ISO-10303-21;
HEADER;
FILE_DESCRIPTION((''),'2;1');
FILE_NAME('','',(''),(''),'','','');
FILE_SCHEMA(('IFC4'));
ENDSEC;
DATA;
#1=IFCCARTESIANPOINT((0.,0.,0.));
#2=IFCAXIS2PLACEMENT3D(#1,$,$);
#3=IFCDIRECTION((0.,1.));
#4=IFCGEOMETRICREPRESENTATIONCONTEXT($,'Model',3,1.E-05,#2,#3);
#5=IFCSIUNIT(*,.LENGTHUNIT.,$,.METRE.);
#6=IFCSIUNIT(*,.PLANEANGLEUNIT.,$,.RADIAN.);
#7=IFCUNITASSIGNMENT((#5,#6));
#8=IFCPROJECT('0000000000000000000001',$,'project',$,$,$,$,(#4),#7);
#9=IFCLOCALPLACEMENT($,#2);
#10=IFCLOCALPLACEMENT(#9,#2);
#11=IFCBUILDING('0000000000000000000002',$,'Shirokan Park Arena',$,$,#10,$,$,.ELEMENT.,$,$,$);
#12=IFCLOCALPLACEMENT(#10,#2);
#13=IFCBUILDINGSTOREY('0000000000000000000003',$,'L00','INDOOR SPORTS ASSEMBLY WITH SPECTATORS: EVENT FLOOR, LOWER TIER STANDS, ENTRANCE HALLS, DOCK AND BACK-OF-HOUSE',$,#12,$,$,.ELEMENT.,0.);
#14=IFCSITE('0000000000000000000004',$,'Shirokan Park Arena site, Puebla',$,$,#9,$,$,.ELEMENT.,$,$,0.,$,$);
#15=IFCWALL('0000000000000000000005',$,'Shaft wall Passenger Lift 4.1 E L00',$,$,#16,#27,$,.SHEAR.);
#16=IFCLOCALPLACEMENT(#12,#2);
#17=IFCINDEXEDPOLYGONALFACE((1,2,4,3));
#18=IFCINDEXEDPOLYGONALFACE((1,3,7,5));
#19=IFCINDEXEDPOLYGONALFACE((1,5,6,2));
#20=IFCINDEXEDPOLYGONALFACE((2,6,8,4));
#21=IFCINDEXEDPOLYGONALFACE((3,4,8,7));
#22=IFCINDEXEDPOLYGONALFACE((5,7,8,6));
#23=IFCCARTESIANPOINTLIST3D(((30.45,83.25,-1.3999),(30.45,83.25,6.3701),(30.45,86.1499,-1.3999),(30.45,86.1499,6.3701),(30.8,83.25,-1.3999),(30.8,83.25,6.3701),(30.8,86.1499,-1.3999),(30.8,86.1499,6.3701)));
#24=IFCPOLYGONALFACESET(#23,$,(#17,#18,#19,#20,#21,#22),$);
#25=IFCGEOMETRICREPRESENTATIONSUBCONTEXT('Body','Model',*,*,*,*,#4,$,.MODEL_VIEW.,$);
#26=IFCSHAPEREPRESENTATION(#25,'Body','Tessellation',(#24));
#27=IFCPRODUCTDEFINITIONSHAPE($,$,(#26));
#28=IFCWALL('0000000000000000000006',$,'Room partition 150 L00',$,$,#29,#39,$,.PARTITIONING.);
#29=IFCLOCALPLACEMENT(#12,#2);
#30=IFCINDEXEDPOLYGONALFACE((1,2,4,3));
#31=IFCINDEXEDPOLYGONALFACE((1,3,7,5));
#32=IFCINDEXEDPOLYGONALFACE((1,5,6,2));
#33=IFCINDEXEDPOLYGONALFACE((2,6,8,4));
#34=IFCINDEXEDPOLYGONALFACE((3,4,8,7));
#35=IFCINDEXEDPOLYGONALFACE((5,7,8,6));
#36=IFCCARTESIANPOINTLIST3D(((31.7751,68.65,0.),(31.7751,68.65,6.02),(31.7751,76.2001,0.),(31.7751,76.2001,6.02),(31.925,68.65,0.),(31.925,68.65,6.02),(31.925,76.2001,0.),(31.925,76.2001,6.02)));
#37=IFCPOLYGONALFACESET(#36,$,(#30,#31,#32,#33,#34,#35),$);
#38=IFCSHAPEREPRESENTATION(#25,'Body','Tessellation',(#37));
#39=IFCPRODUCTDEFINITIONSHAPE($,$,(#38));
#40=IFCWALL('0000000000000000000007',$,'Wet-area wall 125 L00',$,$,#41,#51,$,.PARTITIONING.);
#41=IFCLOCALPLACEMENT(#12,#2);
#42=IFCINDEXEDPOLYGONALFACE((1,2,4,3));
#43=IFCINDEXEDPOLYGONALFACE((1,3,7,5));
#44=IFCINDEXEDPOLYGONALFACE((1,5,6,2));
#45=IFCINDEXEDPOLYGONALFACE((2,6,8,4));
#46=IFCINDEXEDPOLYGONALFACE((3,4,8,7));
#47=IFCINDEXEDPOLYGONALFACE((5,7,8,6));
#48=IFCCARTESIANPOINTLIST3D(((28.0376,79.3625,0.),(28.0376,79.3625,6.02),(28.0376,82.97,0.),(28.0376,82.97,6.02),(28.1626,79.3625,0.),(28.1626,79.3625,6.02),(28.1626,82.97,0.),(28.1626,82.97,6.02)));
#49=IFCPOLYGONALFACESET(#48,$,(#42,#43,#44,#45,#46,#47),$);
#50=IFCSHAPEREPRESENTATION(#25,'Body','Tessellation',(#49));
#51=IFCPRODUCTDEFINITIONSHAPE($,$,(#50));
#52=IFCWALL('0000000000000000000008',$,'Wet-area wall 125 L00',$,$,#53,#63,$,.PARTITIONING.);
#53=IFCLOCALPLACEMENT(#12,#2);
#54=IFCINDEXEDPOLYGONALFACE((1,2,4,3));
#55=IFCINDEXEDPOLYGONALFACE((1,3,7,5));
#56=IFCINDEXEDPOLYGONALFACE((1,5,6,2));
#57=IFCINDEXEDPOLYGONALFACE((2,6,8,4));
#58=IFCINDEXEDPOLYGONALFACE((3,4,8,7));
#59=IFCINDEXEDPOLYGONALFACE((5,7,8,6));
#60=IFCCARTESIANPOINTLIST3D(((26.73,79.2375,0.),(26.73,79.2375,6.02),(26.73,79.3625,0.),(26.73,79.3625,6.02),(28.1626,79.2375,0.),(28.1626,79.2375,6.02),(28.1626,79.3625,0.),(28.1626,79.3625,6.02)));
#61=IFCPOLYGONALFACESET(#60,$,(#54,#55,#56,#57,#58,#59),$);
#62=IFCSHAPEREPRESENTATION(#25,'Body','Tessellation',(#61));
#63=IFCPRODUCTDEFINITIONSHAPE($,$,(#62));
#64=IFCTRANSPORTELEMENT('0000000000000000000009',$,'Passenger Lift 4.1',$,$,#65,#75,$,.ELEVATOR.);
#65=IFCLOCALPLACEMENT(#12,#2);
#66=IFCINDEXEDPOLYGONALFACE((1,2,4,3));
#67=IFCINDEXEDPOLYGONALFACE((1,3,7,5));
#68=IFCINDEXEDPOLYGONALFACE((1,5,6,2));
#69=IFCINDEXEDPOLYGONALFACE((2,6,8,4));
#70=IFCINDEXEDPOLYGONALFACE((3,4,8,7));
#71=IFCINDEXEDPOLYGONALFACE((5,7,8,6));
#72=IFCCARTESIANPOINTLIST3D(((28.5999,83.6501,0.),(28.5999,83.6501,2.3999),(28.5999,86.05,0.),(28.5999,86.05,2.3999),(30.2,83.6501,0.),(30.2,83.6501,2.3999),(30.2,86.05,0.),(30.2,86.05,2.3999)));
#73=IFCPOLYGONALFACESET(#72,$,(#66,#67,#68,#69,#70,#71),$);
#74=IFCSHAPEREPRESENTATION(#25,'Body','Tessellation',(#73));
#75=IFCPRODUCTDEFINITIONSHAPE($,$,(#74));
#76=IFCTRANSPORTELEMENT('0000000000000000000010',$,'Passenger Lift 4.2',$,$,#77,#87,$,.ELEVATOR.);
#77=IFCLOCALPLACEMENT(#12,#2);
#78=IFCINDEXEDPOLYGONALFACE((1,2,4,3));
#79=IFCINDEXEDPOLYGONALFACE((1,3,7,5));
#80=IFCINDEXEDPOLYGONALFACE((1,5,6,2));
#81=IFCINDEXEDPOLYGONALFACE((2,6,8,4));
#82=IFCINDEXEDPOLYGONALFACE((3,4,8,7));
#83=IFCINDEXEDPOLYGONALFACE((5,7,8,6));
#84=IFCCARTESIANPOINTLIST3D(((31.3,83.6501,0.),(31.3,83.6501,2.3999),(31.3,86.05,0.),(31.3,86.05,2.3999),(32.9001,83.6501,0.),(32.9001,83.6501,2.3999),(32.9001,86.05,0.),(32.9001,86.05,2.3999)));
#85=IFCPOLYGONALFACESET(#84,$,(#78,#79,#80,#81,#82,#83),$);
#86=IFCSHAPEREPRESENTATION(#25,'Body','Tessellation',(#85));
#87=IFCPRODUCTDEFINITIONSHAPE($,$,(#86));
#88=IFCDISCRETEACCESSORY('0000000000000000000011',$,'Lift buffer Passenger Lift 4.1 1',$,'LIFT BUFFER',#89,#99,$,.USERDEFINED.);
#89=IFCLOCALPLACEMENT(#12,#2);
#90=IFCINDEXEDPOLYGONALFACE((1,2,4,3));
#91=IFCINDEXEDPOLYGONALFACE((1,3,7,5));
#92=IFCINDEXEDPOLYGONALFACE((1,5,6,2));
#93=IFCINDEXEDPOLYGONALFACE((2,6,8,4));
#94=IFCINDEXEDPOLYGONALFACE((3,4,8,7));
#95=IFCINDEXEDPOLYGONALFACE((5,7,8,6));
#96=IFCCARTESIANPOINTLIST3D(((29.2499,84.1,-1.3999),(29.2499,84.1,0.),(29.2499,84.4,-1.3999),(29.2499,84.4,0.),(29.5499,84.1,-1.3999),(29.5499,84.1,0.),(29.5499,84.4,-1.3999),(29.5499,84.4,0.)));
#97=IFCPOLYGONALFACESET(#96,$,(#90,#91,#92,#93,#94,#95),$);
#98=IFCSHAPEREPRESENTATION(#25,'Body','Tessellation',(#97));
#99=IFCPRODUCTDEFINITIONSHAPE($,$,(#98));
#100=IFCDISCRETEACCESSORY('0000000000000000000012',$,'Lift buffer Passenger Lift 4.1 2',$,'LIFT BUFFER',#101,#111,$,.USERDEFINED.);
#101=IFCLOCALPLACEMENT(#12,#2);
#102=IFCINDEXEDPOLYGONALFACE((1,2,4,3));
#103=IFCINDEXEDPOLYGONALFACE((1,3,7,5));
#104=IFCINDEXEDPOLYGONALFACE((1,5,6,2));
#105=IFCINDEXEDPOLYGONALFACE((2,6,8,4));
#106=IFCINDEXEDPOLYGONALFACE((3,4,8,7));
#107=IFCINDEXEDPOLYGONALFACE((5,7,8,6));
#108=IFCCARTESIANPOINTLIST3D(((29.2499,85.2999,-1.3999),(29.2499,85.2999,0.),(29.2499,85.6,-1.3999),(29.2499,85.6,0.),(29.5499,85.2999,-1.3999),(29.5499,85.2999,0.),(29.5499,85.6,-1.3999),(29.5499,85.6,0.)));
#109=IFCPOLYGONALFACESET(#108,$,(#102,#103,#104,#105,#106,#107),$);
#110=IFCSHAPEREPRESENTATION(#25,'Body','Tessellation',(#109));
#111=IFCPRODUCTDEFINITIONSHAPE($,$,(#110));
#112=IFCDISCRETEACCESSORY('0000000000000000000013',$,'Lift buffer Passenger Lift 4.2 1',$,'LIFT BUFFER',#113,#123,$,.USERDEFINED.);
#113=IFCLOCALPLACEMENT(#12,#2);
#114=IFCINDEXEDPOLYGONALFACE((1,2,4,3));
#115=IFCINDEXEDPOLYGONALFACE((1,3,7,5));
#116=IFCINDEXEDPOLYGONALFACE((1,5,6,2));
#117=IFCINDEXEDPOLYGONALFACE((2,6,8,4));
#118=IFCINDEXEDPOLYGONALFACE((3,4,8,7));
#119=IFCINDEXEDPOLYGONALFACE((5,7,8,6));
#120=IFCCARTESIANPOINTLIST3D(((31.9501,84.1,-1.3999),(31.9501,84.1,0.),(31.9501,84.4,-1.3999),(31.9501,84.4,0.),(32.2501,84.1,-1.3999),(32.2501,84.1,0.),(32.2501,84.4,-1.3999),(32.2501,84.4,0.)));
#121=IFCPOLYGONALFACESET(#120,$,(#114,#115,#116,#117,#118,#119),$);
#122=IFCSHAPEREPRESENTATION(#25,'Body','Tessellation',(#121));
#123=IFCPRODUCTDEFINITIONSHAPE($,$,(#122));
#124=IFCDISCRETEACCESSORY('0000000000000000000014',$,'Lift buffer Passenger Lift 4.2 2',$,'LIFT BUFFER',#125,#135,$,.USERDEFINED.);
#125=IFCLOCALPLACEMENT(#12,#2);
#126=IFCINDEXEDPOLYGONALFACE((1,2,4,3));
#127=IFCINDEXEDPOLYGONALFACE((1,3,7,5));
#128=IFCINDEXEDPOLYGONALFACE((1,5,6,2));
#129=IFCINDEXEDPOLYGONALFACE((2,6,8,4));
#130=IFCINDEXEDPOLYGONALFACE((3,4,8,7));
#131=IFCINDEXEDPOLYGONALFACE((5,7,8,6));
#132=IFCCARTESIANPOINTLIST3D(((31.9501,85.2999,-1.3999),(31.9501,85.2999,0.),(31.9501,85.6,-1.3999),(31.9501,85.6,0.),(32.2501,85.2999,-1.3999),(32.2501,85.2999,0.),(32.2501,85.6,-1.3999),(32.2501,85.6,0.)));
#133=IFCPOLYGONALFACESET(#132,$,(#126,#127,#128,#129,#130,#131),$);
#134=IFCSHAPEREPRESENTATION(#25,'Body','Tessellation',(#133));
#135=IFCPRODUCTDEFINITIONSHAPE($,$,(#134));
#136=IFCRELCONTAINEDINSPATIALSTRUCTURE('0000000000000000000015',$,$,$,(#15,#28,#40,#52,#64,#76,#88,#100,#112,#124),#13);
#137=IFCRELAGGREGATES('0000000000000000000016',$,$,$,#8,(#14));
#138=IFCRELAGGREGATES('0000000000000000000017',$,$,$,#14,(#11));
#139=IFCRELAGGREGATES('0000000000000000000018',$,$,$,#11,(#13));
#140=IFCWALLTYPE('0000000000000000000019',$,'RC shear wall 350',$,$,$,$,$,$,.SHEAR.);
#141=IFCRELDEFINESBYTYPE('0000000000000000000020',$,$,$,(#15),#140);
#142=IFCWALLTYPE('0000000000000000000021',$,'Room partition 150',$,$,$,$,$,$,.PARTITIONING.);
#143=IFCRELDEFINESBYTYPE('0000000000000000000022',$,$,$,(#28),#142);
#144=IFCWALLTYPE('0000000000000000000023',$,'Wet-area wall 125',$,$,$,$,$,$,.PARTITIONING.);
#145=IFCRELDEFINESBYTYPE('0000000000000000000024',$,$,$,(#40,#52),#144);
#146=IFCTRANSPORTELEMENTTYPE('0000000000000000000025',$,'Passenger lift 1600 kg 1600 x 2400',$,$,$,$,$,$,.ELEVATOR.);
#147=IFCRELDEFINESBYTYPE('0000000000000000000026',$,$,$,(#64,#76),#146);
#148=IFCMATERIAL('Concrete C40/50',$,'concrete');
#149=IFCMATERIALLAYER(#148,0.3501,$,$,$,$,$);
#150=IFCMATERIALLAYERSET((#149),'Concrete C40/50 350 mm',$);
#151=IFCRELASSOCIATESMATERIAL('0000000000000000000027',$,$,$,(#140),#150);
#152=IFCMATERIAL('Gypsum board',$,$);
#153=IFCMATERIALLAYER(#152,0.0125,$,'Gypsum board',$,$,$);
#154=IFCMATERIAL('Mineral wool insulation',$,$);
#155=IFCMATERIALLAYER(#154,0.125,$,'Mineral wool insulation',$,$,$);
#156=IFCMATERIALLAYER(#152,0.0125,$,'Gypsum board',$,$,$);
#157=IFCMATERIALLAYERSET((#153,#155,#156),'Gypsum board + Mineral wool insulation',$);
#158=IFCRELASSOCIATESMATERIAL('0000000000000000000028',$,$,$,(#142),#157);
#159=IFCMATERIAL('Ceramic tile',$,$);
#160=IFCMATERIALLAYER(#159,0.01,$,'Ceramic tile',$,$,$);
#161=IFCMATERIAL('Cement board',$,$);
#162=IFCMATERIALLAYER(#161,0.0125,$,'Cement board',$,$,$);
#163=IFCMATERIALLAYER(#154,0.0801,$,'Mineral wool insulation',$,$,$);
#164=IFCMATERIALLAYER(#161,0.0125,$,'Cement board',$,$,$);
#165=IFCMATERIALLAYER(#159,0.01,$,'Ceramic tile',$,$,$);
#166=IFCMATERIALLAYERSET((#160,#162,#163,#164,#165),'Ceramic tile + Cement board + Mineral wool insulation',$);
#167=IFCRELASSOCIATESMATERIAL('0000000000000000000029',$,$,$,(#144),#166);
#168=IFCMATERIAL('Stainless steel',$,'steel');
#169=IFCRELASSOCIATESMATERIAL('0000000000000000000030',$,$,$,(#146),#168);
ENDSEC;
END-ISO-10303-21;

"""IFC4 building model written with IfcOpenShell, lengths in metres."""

from ifc_helpers import new_model, si_unit, direction, frame, frame_2d, origin, origin_2d, place, context, subcontext, project, spatial, rectangle, extrude, material, layer, layer_set, type_object, element, save


model = new_model("IFC4")

# Units and contexts
model_context = context("Model", 3, precision=1e-05, world=origin(), true_north=direction((0.0, 1.0)))
body_context = subcontext(model_context, "Body", "Model", "MODEL_VIEW")
ifc_project = project(units=[si_unit("LENGTHUNIT", "METRE"), si_unit("PLANEANGLEUNIT", "RADIAN")], contexts=[model_context])

# Site, building, storey
site_placement = place(None, origin())
site = spatial("IfcSite", under=ifc_project, at=site_placement, Name="Shirokan Park Arena site, Puebla", CompositionType="ELEMENT", RefElevation=0.0)
building_placement = place(site_placement, origin())
building = spatial("IfcBuilding", under=site, at=building_placement, Name="Shirokan Park Arena", CompositionType="ELEMENT")
storey_placement = place(building_placement, origin())
storey = spatial("IfcBuildingStorey", under=building, at=storey_placement, Name="L00", Description="INDOOR SPORTS ASSEMBLY WITH SPECTATORS: EVENT FLOOR, LOWER TIER STANDS, ENTRANCE HALLS, DOCK AND BACK-OF-HOUSE", CompositionType="ELEMENT", Elevation=0.0)

# Shared definitions
ifc_material_1 = material(Name="Concrete C40/50", Category="concrete")

# Shared definitions
ifc_material_2 = material(Name="Stainless steel", Category="steel")

# Walls
ifc_layer_1 = layer(ifc_material_1, 0.3501)
ifc_layer_set_1 = layer_set([ifc_layer_1], Name="Concrete C40/50 350 mm")
wall_type_1 = type_object("IfcWallType", Name="RC shear wall 350", PredefinedType="SHEAR", material=ifc_layer_set_1)
wall_1_placement = place(storey_placement, frame((30.625, 86.1499, -1.3999), z_axis=(0.0, 0.0, 1.0), x_axis=(0.0, -1.0, 0.0)))
element("IfcWall", 1, at=wall_1_placement, inside=storey, type_object=wall_type_1, Name="Shaft wall Passenger Lift 4.1 E L00", PredefinedType="SHEAR", context=body_context, shape_type="SweptSolid", body=[
    extrude(rectangle(XDim=2.8999, YDim=0.3501, at=frame_2d((1.45, 0.0))), origin(), (0.0, 0.0, 1.0), 7.77),
])
ifc_material_3 = material(Name="Gypsum board")
ifc_layer_2 = layer(ifc_material_3, 0.0125, Name="Gypsum board")
ifc_material_4 = material(Name="Mineral wool insulation")
ifc_layer_3 = layer(ifc_material_4, 0.125, Name="Mineral wool insulation")
ifc_layer_4 = layer(ifc_material_3, 0.0125, Name="Gypsum board")
ifc_layer_set_2 = layer_set([ifc_layer_2, ifc_layer_3, ifc_layer_4], Name="Gypsum board + Mineral wool insulation")
wall_type_2 = type_object("IfcWallType", Name="Room partition 150", PredefinedType="PARTITIONING", material=ifc_layer_set_2)
wall_2_placement = place(storey_placement, frame((31.8501, 76.2, 0.0), z_axis=(0.0, 0.0, 1.0), x_axis=(0.0, -1.0, 0.0)))
element("IfcWall", 2, at=wall_2_placement, inside=storey, type_object=wall_type_2, Name="Room partition 150 L00", PredefinedType="PARTITIONING", context=body_context, shape_type="SweptSolid", body=[
    extrude(rectangle(XDim=7.55, YDim=0.1499, at=frame_2d((3.7749, 0.0))), origin(), (0.0, 0.0, 1.0), 6.02),
])
ifc_material_5 = material(Name="Ceramic tile")
ifc_layer_5 = layer(ifc_material_5, 0.01, Name="Ceramic tile")
ifc_material_6 = material(Name="Cement board")
ifc_layer_6 = layer(ifc_material_6, 0.0125, Name="Cement board")
ifc_layer_7 = layer(ifc_material_4, 0.0801, Name="Mineral wool insulation")
ifc_layer_8 = layer(ifc_material_6, 0.0125, Name="Cement board")
ifc_layer_9 = layer(ifc_material_5, 0.01, Name="Ceramic tile")
ifc_layer_set_3 = layer_set([ifc_layer_5, ifc_layer_6, ifc_layer_7, ifc_layer_8, ifc_layer_9], Name="Ceramic tile + Cement board + Mineral wool insulation")
wall_type_3 = type_object("IfcWallType", Name="Wet-area wall 125", PredefinedType="PARTITIONING", material=ifc_layer_set_3)
wall_3_placement = place(storey_placement, frame((28.1001, 82.97, 0.0), z_axis=(0.0, 0.0, 1.0), x_axis=(0.0, -1.0, 0.0)))
element("IfcWall", 3, at=wall_3_placement, inside=storey, type_object=wall_type_3, Name="Wet-area wall 125 L00", PredefinedType="PARTITIONING", context=body_context, shape_type="SweptSolid", body=[
    extrude(rectangle(XDim=3.6074, YDim=0.125, at=frame_2d((1.8037, 0.0))), origin(), (0.0, 0.0, 1.0), 6.02),
])
wall_4_placement = place(storey_placement, frame((28.1626, 79.3, 0.0), z_axis=(0.0, 0.0, 1.0), x_axis=(-1.0, 0.0, 0.0)))
element("IfcWall", 4, at=wall_4_placement, inside=storey, type_object=wall_type_3, Name="Wet-area wall 125 L00", PredefinedType="PARTITIONING", context=body_context, shape_type="SweptSolid", body=[
    extrude(rectangle(XDim=1.4326, YDim=0.125, at=frame_2d((0.7163, 0.0))), origin(), (0.0, 0.0, 1.0), 6.02),
])

# Transport elements
transport_element_type = type_object("IfcTransportElementType", Name="Passenger lift 1600 kg 1600 x 2400", PredefinedType="ELEVATOR", material=ifc_material_2)
for number, where, z_axis, x_axis, name in (
    (5, (29.3999, 84.8501, 0.0), (0.0, 0.0, 1.0), (1.0, 0.0, 0.0), "Passenger Lift 4.1"),
    (6, (32.1001, 84.8501, 0.0), (0.0, 0.0, 1.0), (1.0, 0.0, 0.0), "Passenger Lift 4.2"),
):
    element("IfcTransportElement", number, at=place(storey_placement, frame(where, z_axis=z_axis, x_axis=x_axis)), inside=storey, type_object=transport_element_type, Name=name, PredefinedType="ELEVATOR", context=body_context, shape_type="SweptSolid", body=[
        extrude(rectangle(XDim=1.6001, YDim=2.3999, at=origin_2d()), origin(), (0.0, 0.0, 1.0), 2.3999),
    ])

# Discrete accessories
for number, where, z_axis, x_axis, name in (
    (7, (29.3999, 84.25, -1.3999), (0.0, 0.0, 1.0), (1.0, 0.0, 0.0), "Lift buffer Passenger Lift 4.1 1"),
    (8, (29.3999, 85.45, -1.3999), (0.0, 0.0, 1.0), (1.0, 0.0, 0.0), "Lift buffer Passenger Lift 4.1 2"),
    (9, (32.1001, 84.25, -1.3999), (0.0, 0.0, 1.0), (1.0, 0.0, 0.0), "Lift buffer Passenger Lift 4.2 1"),
    (10, (32.1001, 85.45, -1.3999), (0.0, 0.0, 1.0), (1.0, 0.0, 0.0), "Lift buffer Passenger Lift 4.2 2"),
):
    element("IfcDiscreteAccessory", number, at=place(storey_placement, frame(where, z_axis=z_axis, x_axis=x_axis)), inside=storey, Name=name, ObjectType="LIFT BUFFER", PredefinedType="USERDEFINED", context=body_context, shape_type="SweptSolid", body=[
        extrude(rectangle(XDim=0.3, YDim=0.3, at=origin_2d()), origin(), (0.0, 0.0, 1.0), 1.3999),
    ])

save(model, "model.ifc")
